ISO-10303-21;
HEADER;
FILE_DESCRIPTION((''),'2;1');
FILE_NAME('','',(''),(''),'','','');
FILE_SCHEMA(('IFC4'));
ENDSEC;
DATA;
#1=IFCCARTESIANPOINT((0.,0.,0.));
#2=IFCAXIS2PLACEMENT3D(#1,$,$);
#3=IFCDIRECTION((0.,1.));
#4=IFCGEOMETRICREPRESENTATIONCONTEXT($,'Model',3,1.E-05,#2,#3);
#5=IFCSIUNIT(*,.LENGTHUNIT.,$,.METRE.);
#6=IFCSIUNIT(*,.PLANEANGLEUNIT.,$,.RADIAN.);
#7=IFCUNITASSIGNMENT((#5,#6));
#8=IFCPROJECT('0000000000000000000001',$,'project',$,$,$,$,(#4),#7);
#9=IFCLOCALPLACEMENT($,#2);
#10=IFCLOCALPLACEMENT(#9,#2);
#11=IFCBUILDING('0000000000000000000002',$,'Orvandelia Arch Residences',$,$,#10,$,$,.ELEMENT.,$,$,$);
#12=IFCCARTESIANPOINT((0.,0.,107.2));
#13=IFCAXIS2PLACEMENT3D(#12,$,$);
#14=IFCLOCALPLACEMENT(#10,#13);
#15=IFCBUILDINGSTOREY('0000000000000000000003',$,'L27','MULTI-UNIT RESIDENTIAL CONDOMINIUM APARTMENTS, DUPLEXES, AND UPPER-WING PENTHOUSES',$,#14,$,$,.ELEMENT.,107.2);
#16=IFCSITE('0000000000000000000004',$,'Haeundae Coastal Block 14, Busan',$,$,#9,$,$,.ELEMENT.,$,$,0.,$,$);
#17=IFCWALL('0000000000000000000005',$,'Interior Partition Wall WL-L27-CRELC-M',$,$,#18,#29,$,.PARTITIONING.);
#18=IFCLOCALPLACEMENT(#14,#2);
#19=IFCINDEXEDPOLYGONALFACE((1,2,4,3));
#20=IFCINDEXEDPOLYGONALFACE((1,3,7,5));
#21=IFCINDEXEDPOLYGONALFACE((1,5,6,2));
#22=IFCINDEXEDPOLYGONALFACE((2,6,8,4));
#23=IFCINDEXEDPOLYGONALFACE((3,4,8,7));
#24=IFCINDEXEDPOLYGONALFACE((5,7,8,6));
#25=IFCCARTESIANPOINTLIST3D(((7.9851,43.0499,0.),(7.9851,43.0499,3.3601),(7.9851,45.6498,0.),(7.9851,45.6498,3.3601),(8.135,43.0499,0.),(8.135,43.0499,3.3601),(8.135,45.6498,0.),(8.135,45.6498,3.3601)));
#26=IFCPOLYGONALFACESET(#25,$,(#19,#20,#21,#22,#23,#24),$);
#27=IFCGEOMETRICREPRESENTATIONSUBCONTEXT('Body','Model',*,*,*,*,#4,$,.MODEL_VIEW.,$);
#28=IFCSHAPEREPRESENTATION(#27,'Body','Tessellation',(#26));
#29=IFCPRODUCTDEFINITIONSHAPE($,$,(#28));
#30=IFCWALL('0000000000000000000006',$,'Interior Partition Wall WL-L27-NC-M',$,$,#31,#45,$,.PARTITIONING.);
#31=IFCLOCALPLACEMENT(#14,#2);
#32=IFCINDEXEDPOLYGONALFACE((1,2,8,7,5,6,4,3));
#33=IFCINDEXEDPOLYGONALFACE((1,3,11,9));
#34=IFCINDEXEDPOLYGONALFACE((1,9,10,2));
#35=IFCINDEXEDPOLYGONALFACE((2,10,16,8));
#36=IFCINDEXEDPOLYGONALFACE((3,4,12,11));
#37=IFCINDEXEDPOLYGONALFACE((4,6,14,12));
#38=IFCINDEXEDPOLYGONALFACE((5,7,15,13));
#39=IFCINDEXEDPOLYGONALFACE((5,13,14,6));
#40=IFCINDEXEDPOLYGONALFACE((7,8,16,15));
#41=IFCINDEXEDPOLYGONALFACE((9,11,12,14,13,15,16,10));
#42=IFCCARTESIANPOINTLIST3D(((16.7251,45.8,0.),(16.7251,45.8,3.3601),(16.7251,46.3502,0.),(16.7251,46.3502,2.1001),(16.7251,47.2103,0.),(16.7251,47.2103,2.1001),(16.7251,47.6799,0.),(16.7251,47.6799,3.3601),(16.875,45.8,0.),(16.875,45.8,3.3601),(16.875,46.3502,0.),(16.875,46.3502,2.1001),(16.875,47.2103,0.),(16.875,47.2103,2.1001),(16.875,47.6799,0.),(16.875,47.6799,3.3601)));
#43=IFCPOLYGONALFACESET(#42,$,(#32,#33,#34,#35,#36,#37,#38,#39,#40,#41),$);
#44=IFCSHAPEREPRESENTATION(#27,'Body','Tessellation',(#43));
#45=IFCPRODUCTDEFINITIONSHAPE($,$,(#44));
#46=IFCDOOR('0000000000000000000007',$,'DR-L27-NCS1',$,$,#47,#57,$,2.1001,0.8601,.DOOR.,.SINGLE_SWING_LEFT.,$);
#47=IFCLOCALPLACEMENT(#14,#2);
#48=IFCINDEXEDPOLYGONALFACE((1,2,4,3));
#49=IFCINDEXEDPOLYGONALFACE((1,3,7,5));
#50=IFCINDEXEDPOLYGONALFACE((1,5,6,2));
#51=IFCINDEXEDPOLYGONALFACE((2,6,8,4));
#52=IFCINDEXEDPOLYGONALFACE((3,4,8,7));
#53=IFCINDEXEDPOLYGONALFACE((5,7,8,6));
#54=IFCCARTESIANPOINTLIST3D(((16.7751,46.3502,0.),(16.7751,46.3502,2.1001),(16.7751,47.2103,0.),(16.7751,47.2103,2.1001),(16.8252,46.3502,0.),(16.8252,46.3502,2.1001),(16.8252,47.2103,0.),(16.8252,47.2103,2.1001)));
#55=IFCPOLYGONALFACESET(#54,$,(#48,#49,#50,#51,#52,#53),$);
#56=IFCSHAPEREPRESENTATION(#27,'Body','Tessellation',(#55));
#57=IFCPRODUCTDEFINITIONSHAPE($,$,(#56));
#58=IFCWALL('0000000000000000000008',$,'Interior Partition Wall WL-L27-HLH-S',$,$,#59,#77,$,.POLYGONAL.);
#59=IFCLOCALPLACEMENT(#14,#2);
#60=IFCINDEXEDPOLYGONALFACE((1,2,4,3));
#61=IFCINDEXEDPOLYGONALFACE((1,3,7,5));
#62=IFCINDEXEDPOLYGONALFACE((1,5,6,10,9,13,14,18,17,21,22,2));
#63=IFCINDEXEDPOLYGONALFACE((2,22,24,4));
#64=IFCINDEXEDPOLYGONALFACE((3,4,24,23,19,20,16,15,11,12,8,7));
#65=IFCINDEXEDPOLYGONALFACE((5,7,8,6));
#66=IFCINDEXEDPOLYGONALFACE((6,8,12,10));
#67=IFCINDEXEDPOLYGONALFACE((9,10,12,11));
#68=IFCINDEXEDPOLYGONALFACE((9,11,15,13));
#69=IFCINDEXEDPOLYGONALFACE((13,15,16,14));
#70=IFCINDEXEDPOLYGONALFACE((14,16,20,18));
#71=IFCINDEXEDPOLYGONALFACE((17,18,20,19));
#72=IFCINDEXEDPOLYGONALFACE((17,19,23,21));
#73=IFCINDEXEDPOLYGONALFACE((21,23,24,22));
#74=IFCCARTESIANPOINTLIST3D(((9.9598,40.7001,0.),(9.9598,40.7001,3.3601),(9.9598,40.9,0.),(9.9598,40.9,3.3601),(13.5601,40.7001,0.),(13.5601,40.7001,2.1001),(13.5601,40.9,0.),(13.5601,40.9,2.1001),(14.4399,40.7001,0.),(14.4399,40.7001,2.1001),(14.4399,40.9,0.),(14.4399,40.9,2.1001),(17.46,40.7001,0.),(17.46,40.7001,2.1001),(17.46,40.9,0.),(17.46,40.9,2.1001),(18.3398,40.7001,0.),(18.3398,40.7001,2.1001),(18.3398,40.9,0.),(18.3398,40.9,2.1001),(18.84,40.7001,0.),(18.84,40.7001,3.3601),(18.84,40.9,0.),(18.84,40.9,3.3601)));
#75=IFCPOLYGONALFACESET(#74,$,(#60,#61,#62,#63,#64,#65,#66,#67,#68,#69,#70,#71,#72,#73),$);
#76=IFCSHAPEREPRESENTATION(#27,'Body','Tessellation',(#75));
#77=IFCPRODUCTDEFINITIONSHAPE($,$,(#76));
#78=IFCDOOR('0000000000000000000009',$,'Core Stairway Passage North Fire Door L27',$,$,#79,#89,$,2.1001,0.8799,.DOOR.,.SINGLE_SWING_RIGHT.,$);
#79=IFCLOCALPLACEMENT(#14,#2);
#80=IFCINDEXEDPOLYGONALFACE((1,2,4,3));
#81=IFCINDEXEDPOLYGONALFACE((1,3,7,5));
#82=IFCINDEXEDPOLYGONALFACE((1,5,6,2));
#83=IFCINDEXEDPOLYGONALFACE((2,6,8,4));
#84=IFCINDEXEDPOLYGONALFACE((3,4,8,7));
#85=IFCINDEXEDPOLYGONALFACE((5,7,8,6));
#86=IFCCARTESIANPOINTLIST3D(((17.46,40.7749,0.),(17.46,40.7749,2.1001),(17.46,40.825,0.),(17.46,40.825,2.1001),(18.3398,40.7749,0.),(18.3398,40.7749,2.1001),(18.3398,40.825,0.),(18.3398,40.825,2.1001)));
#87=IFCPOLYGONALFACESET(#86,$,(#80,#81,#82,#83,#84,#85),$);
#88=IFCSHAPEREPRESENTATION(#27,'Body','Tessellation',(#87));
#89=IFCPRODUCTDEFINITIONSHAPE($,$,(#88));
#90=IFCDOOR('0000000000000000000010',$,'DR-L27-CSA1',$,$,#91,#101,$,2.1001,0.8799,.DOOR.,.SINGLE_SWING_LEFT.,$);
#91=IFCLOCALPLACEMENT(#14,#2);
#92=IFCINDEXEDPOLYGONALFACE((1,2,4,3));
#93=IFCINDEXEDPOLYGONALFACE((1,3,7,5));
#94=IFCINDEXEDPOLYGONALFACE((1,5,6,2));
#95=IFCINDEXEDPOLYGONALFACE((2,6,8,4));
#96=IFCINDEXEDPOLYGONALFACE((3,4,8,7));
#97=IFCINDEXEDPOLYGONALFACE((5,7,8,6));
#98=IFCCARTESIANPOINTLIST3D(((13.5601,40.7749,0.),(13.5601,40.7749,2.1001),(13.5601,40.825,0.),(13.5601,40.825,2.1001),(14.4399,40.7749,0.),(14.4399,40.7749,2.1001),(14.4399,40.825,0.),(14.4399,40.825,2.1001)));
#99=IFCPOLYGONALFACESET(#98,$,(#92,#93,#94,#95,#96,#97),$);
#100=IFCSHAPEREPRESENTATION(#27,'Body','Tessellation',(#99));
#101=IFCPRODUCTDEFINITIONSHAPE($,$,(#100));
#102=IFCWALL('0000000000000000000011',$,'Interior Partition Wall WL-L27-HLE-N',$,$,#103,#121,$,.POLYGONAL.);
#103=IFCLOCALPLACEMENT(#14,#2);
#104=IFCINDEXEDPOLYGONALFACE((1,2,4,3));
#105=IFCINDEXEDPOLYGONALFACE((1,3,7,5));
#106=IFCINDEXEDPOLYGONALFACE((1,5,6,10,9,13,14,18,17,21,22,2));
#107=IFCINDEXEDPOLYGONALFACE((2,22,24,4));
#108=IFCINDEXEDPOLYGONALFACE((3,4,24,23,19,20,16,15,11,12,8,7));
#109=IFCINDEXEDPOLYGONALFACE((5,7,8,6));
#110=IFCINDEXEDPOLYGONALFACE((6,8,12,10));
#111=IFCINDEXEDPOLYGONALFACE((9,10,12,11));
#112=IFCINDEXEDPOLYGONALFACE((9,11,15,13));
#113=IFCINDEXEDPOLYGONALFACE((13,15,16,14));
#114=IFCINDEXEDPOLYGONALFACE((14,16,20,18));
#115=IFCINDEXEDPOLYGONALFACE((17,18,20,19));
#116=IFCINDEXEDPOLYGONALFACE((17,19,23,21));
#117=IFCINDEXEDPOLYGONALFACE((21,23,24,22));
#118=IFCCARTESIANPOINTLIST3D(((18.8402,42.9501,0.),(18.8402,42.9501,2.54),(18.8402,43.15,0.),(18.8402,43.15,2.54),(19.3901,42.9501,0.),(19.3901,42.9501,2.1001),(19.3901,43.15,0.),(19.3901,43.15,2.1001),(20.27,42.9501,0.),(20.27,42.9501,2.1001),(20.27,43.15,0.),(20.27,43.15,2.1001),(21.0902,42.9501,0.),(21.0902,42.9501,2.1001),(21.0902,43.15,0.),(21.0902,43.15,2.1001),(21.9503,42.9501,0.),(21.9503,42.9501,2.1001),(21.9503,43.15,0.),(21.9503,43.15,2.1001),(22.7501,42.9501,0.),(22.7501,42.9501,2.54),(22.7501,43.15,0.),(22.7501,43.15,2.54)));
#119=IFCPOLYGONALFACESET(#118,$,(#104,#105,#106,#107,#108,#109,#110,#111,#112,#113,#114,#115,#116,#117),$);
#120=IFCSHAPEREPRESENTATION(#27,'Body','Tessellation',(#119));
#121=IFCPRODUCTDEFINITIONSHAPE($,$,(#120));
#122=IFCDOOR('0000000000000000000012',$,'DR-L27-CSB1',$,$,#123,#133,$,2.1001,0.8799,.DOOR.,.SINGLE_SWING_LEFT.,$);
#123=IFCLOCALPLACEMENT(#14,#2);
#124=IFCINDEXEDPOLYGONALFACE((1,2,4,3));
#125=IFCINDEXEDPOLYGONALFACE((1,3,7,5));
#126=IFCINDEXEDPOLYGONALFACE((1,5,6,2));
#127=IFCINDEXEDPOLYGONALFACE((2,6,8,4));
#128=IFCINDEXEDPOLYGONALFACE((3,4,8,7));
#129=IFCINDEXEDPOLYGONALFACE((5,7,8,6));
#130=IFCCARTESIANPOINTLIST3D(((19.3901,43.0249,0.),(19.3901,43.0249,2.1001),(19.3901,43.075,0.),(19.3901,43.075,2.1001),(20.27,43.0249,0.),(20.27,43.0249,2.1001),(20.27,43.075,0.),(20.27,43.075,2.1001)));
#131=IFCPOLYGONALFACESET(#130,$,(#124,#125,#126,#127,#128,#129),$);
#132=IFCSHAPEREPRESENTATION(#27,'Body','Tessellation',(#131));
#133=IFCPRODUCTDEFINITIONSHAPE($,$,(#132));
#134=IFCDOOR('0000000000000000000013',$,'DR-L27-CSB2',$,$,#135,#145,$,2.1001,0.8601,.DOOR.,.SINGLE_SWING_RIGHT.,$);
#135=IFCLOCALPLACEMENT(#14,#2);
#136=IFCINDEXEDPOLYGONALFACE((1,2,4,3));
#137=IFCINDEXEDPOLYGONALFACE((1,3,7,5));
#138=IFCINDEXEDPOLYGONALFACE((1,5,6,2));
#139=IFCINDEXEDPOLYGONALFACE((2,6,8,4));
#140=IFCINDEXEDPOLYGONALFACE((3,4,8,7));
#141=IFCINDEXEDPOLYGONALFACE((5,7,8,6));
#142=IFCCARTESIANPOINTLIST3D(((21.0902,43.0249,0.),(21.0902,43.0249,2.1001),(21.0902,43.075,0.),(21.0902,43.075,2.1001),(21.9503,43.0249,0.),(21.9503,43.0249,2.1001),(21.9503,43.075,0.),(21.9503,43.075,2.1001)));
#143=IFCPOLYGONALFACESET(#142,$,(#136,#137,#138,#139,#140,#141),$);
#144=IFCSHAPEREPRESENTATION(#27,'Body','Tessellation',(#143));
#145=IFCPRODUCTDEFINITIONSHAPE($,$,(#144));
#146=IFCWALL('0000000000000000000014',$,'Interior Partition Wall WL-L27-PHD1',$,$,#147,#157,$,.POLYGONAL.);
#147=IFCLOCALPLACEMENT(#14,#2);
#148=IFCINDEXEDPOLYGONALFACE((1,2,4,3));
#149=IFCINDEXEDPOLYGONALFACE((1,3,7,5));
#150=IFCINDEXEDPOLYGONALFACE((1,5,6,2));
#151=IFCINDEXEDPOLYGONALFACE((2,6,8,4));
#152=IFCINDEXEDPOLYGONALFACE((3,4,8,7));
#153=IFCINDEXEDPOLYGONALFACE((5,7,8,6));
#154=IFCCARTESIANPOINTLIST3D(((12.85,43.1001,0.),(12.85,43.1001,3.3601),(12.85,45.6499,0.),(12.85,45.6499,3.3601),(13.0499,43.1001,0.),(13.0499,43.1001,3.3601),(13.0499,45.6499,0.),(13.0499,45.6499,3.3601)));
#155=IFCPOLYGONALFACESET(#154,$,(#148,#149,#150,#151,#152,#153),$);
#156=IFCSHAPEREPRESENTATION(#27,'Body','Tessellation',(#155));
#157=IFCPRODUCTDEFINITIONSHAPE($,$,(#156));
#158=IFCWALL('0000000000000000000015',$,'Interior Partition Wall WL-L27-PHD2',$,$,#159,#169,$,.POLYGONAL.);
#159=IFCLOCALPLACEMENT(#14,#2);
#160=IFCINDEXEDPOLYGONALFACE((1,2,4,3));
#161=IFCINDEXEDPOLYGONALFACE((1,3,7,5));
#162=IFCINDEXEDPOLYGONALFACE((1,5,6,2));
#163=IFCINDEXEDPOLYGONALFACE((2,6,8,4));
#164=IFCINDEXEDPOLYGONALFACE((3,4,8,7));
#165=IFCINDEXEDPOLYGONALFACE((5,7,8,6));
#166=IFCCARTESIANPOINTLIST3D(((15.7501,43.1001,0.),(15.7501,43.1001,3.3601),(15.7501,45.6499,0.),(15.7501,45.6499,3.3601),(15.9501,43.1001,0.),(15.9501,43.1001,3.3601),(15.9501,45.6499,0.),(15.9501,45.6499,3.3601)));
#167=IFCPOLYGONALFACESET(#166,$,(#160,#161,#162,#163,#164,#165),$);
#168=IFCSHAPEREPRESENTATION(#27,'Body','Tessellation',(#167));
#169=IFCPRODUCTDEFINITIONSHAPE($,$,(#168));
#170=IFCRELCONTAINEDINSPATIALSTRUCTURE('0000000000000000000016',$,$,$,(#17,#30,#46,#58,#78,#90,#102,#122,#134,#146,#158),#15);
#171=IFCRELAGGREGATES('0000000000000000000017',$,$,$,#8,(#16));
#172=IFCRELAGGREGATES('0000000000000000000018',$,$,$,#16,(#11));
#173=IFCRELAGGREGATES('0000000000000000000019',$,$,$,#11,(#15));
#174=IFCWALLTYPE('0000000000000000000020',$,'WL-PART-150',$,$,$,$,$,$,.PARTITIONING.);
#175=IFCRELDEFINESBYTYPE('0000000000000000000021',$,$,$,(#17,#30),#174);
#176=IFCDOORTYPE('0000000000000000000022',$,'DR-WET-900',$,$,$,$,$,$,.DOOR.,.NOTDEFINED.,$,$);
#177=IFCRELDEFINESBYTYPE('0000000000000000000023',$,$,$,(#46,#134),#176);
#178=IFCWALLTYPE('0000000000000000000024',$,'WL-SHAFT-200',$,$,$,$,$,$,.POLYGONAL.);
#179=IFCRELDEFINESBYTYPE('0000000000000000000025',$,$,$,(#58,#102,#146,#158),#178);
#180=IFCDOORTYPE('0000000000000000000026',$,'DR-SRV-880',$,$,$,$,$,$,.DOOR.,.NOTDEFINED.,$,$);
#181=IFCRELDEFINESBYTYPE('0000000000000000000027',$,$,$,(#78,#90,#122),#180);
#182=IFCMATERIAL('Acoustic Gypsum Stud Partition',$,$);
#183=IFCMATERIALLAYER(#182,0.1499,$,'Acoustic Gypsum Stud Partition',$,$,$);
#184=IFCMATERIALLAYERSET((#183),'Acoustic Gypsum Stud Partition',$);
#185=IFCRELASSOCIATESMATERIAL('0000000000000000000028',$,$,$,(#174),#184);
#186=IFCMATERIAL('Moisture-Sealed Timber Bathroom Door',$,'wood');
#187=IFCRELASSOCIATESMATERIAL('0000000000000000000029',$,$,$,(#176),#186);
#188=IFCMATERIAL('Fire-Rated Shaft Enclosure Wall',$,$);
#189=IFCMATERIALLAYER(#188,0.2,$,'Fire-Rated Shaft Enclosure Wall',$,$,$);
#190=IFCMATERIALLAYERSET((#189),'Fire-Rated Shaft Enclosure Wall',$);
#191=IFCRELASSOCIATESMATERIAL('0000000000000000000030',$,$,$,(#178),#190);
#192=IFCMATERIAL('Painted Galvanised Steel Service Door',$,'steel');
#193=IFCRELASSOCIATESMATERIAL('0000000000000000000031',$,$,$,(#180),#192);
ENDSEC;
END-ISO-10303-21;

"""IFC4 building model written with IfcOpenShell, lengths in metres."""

from ifc_helpers import new_model, si_unit, direction, frame, frame_2d, origin, place, context, subcontext, project, spatial, rectangle, extrude, material, layer, layer_set, type_object, element, fill, save


model = new_model("IFC4")

# Units and contexts
model_context = context("Model", 3, precision=1e-05, world=origin(), true_north=direction((0.0, 1.0)))
body_context = subcontext(model_context, "Body", "Model", "MODEL_VIEW")
ifc_project = project(units=[si_unit("LENGTHUNIT", "METRE"), si_unit("PLANEANGLEUNIT", "RADIAN")], contexts=[model_context])

# Site, building, storey
site_placement = place(None, origin())
site = spatial("IfcSite", under=ifc_project, at=site_placement, Name="Haeundae Coastal Block 14, Busan", CompositionType="ELEMENT", RefElevation=0.0)
building_placement = place(site_placement, origin())
building = spatial("IfcBuilding", under=site, at=building_placement, Name="Orvandelia Arch Residences", CompositionType="ELEMENT")
storey_placement = place(building_placement, frame((0.0, 0.0, 107.2)))
storey = spatial("IfcBuildingStorey", under=building, at=storey_placement, Name="L27", Description="MULTI-UNIT RESIDENTIAL CONDOMINIUM APARTMENTS, DUPLEXES, AND UPPER-WING PENTHOUSES", CompositionType="ELEMENT", Elevation=107.2)

# Wall
ifc_material_1 = material(Name="Acoustic Gypsum Stud Partition")
ifc_layer_1 = layer(ifc_material_1, 0.1499, Name="Acoustic Gypsum Stud Partition")
ifc_layer_set_1 = layer_set([ifc_layer_1], Name="Acoustic Gypsum Stud Partition")
wall_type_1 = type_object("IfcWallType", Name="WL-PART-150", PredefinedType="PARTITIONING", material=ifc_layer_set_1)
wall_1_placement = place(storey_placement, frame((8.0601, 43.05, 0.0), z_axis=(0.0, 0.0, 1.0), x_axis=(0.0, 1.0, 0.0)))
element("IfcWall", 1, at=wall_1_placement, inside=storey, type_object=wall_type_1, Name="Interior Partition Wall WL-L27-CRELC-M", PredefinedType="PARTITIONING", context=body_context, shape_type="SweptSolid", body=[
    extrude(rectangle(XDim=2.5999, YDim=0.1499, at=frame_2d((1.2998, 0.0))), origin(), (0.0, 0.0, 1.0), 3.3601),
])

# Wall, opening, door
wall_2_placement = place(storey_placement, frame((16.8, 45.8, 0.0), z_axis=(0.0, 0.0, 1.0), x_axis=(0.0, 1.0, 0.0)))
wall_2 = element("IfcWall", 2, at=wall_2_placement, inside=storey, type_object=wall_type_1, Name="Interior Partition Wall WL-L27-NC-M", PredefinedType="PARTITIONING", context=body_context, shape_type="SweptSolid", body=[
    extrude(rectangle(XDim=1.8799, YDim=0.1499, at=frame_2d((0.9399, 0.0))), origin(), (0.0, 0.0, 1.0), 3.3601),
])
opening_1_placement = place(wall_2_placement, frame((0.55, 0.0, 0.0)))
opening_1 = element("IfcOpeningElement", 3, at=opening_1_placement, cuts=wall_2, PredefinedType="OPENING", context=body_context, shape_type="SweptSolid", body=[
    extrude(rectangle(XDim=0.8601, YDim=2.1001, at=frame_2d((0.4302, 1.05))), frame((0.0, 0.085, 0.0), z_axis=(0.0, -1.0, 0.0), x_axis=(1.0, 0.0, 0.0)), (0.0, 0.0, 1.0), 0.1699),
])
ifc_material_2 = material(Name="Moisture-Sealed Timber Bathroom Door", Category="wood")
door_type_1 = type_object("IfcDoorType", Name="DR-WET-900", OperationType="NOTDEFINED", PredefinedType="DOOR", material=ifc_material_2)
door_1_placement = place(opening_1_placement, origin())
door_1 = element("IfcDoor", 4, at=door_1_placement, inside=storey, type_object=door_type_1, Name="DR-L27-NCS1", OperationType="SINGLE_SWING_LEFT", OverallHeight=2.1001, OverallWidth=0.8601, PredefinedType="DOOR", context=body_context, shape_type="SweptSolid", body=[
    extrude(rectangle(XDim=0.8601, YDim=2.1001, at=frame_2d((0.4302, 1.05))), frame((0.0, 0.0249, 0.0), z_axis=(0.0, -1.0, 0.0), x_axis=(1.0, 0.0, 0.0)), (0.0, 0.0, 1.0), 0.05),
])
fill(opening_1, door_1)

# Walls, openings, doors
ifc_material_3 = material(Name="Fire-Rated Shaft Enclosure Wall")
ifc_layer_2 = layer(ifc_material_3, 0.2, Name="Fire-Rated Shaft Enclosure Wall")
ifc_layer_set_2 = layer_set([ifc_layer_2], Name="Fire-Rated Shaft Enclosure Wall")
wall_type_2 = type_object("IfcWallType", Name="WL-SHAFT-200", PredefinedType="POLYGONAL", material=ifc_layer_set_2)
wall_3_placement = place(storey_placement, frame((9.96, 40.8, 0.0), z_axis=(0.0, 0.0, 1.0), x_axis=(1.0, 0.0, 0.0)))
wall_3 = element("IfcWall", 5, at=wall_3_placement, inside=storey, type_object=wall_type_2, Name="Interior Partition Wall WL-L27-HLH-S", PredefinedType="POLYGONAL", context=body_context, shape_type="SweptSolid", body=[
    extrude(rectangle(XDim=8.8801, YDim=0.2, at=frame_2d((4.4399, 0.0))), origin(), (0.0, 0.0, 1.0), 3.3601),
])
opening_2_placement = place(wall_3_placement, frame((7.5, 0.0, 0.0)))
opening_2 = element("IfcOpeningElement", 6, at=opening_2_placement, cuts=wall_3, PredefinedType="OPENING", context=body_context, shape_type="SweptSolid", body=[
    extrude(rectangle(XDim=0.8799, YDim=2.1001, at=frame_2d((0.4399, 1.05))), frame((0.0, 0.1099, 0.0), z_axis=(0.0, -1.0, 0.0), x_axis=(1.0, 0.0, 0.0)), (0.0, 0.0, 1.0), 0.22),
])
opening_3_placement = place(wall_3_placement, frame((3.6001, 0.0, 0.0)))
opening_3 = element("IfcOpeningElement", 7, at=opening_3_placement, cuts=wall_3, PredefinedType="OPENING", context=body_context, shape_type="SweptSolid", body=[
    extrude(rectangle(XDim=0.8799, YDim=2.1001, at=frame_2d((0.4399, 1.05))), frame((0.0, 0.1099, 0.0), z_axis=(0.0, -1.0, 0.0), x_axis=(1.0, 0.0, 0.0)), (0.0, 0.0, 1.0), 0.22),
])
ifc_material_4 = material(Name="Painted Galvanised Steel Service Door", Category="steel")
door_type_2 = type_object("IfcDoorType", Name="DR-SRV-880", OperationType="NOTDEFINED", PredefinedType="DOOR", material=ifc_material_4)
door_2_placement = place(opening_2_placement, origin())
door_2 = element("IfcDoor", 8, at=door_2_placement, inside=storey, type_object=door_type_2, Name="Core Stairway Passage North Fire Door L27", OperationType="SINGLE_SWING_RIGHT", OverallHeight=2.1001, OverallWidth=0.8799, PredefinedType="DOOR", context=body_context, shape_type="SweptSolid", body=[
    extrude(rectangle(XDim=0.8799, YDim=2.1001, at=frame_2d((0.4399, 1.05))), frame((0.0, 0.0249, 0.0), z_axis=(0.0, -1.0, 0.0), x_axis=(1.0, 0.0, 0.0)), (0.0, 0.0, 1.0), 0.05),
])
fill(opening_2, door_2)
door_3_placement = place(opening_3_placement, origin())
door_3 = element("IfcDoor", 9, at=door_3_placement, inside=storey, type_object=door_type_2, Name="DR-L27-CSA1", OperationType="SINGLE_SWING_LEFT", OverallHeight=2.1001, OverallWidth=0.8799, PredefinedType="DOOR", context=body_context, shape_type="SweptSolid", body=[
    extrude(rectangle(XDim=0.8799, YDim=2.1001, at=frame_2d((0.4399, 1.05))), frame((0.0, 0.0249, 0.0), z_axis=(0.0, -1.0, 0.0), x_axis=(1.0, 0.0, 0.0)), (0.0, 0.0, 1.0), 0.05),
])
fill(opening_3, door_3)
wall_4_placement = place(storey_placement, frame((18.8401, 43.05, 0.0), z_axis=(0.0, 0.0, 1.0), x_axis=(1.0, 0.0, 0.0)))
wall_4 = element("IfcWall", 10, at=wall_4_placement, inside=storey, type_object=wall_type_2, Name="Interior Partition Wall WL-L27-HLE-N", PredefinedType="POLYGONAL", context=body_context, shape_type="SweptSolid", body=[
    extrude(rectangle(XDim=3.9099, YDim=0.2, at=frame_2d((1.9551, 0.0))), origin(), (0.0, 0.0, 1.0), 2.54),
])
opening_4_placement = place(wall_4_placement, frame((0.55, 0.0, 0.0)))
opening_4 = element("IfcOpeningElement", 11, at=opening_4_placement, cuts=wall_4, PredefinedType="OPENING", context=body_context, shape_type="SweptSolid", body=[
    extrude(rectangle(XDim=0.8799, YDim=2.1001, at=frame_2d((0.4399, 1.05))), frame((0.0, 0.1099, 0.0), z_axis=(0.0, -1.0, 0.0), x_axis=(1.0, 0.0, 0.0)), (0.0, 0.0, 1.0), 0.22),
])
opening_5_placement = place(wall_4_placement, frame((2.25, 0.0, 0.0)))
opening_5 = element("IfcOpeningElement", 12, at=opening_5_placement, cuts=wall_4, PredefinedType="OPENING", context=body_context, shape_type="SweptSolid", body=[
    extrude(rectangle(XDim=0.8601, YDim=2.1001, at=frame_2d((0.4302, 1.05))), frame((0.0, 0.1099, 0.0), z_axis=(0.0, -1.0, 0.0), x_axis=(1.0, 0.0, 0.0)), (0.0, 0.0, 1.0), 0.22),
])
door_4_placement = place(opening_4_placement, origin())
door_4 = element("IfcDoor", 13, at=door_4_placement, inside=storey, type_object=door_type_2, Name="DR-L27-CSB1", OperationType="SINGLE_SWING_LEFT", OverallHeight=2.1001, OverallWidth=0.8799, PredefinedType="DOOR", context=body_context, shape_type="SweptSolid", body=[
    extrude(rectangle(XDim=0.8799, YDim=2.1001, at=frame_2d((0.4399, 1.05))), frame((0.0, 0.0249, 0.0), z_axis=(0.0, -1.0, 0.0), x_axis=(1.0, 0.0, 0.0)), (0.0, 0.0, 1.0), 0.05),
])
fill(opening_4, door_4)
door_5_placement = place(opening_5_placement, origin())
door_5 = element("IfcDoor", 14, at=door_5_placement, inside=storey, type_object=door_type_1, Name="DR-L27-CSB2", OperationType="SINGLE_SWING_RIGHT", OverallHeight=2.1001, OverallWidth=0.8601, PredefinedType="DOOR", context=body_context, shape_type="SweptSolid", body=[
    extrude(rectangle(XDim=0.8601, YDim=2.1001, at=frame_2d((0.4302, 1.05))), frame((0.0, 0.0249, 0.0), z_axis=(0.0, -1.0, 0.0), x_axis=(1.0, 0.0, 0.0)), (0.0, 0.0, 1.0), 0.05),
])
fill(opening_5, door_5)

# Walls
for number, where, z_axis, x_axis, name in (
    (15, (12.95, 43.1001, 0.0), (0.0, 0.0, 1.0), (0.0, 1.0, 0.0), "Interior Partition Wall WL-L27-PHD1"),
    (16, (15.8501, 43.1001, 0.0), (0.0, 0.0, 1.0), (0.0, 1.0, 0.0), "Interior Partition Wall WL-L27-PHD2"),
):
    element("IfcWall", number, at=place(storey_placement, frame(where, z_axis=z_axis, x_axis=x_axis)), inside=storey, type_object=wall_type_2, Name=name, PredefinedType="POLYGONAL", context=body_context, shape_type="SweptSolid", body=[
        extrude(rectangle(XDim=2.5498, YDim=0.2, at=frame_2d((1.2749, 0.0))), origin(), (0.0, 0.0, 1.0), 3.3601),
    ])

save(model, "model.ifc")
